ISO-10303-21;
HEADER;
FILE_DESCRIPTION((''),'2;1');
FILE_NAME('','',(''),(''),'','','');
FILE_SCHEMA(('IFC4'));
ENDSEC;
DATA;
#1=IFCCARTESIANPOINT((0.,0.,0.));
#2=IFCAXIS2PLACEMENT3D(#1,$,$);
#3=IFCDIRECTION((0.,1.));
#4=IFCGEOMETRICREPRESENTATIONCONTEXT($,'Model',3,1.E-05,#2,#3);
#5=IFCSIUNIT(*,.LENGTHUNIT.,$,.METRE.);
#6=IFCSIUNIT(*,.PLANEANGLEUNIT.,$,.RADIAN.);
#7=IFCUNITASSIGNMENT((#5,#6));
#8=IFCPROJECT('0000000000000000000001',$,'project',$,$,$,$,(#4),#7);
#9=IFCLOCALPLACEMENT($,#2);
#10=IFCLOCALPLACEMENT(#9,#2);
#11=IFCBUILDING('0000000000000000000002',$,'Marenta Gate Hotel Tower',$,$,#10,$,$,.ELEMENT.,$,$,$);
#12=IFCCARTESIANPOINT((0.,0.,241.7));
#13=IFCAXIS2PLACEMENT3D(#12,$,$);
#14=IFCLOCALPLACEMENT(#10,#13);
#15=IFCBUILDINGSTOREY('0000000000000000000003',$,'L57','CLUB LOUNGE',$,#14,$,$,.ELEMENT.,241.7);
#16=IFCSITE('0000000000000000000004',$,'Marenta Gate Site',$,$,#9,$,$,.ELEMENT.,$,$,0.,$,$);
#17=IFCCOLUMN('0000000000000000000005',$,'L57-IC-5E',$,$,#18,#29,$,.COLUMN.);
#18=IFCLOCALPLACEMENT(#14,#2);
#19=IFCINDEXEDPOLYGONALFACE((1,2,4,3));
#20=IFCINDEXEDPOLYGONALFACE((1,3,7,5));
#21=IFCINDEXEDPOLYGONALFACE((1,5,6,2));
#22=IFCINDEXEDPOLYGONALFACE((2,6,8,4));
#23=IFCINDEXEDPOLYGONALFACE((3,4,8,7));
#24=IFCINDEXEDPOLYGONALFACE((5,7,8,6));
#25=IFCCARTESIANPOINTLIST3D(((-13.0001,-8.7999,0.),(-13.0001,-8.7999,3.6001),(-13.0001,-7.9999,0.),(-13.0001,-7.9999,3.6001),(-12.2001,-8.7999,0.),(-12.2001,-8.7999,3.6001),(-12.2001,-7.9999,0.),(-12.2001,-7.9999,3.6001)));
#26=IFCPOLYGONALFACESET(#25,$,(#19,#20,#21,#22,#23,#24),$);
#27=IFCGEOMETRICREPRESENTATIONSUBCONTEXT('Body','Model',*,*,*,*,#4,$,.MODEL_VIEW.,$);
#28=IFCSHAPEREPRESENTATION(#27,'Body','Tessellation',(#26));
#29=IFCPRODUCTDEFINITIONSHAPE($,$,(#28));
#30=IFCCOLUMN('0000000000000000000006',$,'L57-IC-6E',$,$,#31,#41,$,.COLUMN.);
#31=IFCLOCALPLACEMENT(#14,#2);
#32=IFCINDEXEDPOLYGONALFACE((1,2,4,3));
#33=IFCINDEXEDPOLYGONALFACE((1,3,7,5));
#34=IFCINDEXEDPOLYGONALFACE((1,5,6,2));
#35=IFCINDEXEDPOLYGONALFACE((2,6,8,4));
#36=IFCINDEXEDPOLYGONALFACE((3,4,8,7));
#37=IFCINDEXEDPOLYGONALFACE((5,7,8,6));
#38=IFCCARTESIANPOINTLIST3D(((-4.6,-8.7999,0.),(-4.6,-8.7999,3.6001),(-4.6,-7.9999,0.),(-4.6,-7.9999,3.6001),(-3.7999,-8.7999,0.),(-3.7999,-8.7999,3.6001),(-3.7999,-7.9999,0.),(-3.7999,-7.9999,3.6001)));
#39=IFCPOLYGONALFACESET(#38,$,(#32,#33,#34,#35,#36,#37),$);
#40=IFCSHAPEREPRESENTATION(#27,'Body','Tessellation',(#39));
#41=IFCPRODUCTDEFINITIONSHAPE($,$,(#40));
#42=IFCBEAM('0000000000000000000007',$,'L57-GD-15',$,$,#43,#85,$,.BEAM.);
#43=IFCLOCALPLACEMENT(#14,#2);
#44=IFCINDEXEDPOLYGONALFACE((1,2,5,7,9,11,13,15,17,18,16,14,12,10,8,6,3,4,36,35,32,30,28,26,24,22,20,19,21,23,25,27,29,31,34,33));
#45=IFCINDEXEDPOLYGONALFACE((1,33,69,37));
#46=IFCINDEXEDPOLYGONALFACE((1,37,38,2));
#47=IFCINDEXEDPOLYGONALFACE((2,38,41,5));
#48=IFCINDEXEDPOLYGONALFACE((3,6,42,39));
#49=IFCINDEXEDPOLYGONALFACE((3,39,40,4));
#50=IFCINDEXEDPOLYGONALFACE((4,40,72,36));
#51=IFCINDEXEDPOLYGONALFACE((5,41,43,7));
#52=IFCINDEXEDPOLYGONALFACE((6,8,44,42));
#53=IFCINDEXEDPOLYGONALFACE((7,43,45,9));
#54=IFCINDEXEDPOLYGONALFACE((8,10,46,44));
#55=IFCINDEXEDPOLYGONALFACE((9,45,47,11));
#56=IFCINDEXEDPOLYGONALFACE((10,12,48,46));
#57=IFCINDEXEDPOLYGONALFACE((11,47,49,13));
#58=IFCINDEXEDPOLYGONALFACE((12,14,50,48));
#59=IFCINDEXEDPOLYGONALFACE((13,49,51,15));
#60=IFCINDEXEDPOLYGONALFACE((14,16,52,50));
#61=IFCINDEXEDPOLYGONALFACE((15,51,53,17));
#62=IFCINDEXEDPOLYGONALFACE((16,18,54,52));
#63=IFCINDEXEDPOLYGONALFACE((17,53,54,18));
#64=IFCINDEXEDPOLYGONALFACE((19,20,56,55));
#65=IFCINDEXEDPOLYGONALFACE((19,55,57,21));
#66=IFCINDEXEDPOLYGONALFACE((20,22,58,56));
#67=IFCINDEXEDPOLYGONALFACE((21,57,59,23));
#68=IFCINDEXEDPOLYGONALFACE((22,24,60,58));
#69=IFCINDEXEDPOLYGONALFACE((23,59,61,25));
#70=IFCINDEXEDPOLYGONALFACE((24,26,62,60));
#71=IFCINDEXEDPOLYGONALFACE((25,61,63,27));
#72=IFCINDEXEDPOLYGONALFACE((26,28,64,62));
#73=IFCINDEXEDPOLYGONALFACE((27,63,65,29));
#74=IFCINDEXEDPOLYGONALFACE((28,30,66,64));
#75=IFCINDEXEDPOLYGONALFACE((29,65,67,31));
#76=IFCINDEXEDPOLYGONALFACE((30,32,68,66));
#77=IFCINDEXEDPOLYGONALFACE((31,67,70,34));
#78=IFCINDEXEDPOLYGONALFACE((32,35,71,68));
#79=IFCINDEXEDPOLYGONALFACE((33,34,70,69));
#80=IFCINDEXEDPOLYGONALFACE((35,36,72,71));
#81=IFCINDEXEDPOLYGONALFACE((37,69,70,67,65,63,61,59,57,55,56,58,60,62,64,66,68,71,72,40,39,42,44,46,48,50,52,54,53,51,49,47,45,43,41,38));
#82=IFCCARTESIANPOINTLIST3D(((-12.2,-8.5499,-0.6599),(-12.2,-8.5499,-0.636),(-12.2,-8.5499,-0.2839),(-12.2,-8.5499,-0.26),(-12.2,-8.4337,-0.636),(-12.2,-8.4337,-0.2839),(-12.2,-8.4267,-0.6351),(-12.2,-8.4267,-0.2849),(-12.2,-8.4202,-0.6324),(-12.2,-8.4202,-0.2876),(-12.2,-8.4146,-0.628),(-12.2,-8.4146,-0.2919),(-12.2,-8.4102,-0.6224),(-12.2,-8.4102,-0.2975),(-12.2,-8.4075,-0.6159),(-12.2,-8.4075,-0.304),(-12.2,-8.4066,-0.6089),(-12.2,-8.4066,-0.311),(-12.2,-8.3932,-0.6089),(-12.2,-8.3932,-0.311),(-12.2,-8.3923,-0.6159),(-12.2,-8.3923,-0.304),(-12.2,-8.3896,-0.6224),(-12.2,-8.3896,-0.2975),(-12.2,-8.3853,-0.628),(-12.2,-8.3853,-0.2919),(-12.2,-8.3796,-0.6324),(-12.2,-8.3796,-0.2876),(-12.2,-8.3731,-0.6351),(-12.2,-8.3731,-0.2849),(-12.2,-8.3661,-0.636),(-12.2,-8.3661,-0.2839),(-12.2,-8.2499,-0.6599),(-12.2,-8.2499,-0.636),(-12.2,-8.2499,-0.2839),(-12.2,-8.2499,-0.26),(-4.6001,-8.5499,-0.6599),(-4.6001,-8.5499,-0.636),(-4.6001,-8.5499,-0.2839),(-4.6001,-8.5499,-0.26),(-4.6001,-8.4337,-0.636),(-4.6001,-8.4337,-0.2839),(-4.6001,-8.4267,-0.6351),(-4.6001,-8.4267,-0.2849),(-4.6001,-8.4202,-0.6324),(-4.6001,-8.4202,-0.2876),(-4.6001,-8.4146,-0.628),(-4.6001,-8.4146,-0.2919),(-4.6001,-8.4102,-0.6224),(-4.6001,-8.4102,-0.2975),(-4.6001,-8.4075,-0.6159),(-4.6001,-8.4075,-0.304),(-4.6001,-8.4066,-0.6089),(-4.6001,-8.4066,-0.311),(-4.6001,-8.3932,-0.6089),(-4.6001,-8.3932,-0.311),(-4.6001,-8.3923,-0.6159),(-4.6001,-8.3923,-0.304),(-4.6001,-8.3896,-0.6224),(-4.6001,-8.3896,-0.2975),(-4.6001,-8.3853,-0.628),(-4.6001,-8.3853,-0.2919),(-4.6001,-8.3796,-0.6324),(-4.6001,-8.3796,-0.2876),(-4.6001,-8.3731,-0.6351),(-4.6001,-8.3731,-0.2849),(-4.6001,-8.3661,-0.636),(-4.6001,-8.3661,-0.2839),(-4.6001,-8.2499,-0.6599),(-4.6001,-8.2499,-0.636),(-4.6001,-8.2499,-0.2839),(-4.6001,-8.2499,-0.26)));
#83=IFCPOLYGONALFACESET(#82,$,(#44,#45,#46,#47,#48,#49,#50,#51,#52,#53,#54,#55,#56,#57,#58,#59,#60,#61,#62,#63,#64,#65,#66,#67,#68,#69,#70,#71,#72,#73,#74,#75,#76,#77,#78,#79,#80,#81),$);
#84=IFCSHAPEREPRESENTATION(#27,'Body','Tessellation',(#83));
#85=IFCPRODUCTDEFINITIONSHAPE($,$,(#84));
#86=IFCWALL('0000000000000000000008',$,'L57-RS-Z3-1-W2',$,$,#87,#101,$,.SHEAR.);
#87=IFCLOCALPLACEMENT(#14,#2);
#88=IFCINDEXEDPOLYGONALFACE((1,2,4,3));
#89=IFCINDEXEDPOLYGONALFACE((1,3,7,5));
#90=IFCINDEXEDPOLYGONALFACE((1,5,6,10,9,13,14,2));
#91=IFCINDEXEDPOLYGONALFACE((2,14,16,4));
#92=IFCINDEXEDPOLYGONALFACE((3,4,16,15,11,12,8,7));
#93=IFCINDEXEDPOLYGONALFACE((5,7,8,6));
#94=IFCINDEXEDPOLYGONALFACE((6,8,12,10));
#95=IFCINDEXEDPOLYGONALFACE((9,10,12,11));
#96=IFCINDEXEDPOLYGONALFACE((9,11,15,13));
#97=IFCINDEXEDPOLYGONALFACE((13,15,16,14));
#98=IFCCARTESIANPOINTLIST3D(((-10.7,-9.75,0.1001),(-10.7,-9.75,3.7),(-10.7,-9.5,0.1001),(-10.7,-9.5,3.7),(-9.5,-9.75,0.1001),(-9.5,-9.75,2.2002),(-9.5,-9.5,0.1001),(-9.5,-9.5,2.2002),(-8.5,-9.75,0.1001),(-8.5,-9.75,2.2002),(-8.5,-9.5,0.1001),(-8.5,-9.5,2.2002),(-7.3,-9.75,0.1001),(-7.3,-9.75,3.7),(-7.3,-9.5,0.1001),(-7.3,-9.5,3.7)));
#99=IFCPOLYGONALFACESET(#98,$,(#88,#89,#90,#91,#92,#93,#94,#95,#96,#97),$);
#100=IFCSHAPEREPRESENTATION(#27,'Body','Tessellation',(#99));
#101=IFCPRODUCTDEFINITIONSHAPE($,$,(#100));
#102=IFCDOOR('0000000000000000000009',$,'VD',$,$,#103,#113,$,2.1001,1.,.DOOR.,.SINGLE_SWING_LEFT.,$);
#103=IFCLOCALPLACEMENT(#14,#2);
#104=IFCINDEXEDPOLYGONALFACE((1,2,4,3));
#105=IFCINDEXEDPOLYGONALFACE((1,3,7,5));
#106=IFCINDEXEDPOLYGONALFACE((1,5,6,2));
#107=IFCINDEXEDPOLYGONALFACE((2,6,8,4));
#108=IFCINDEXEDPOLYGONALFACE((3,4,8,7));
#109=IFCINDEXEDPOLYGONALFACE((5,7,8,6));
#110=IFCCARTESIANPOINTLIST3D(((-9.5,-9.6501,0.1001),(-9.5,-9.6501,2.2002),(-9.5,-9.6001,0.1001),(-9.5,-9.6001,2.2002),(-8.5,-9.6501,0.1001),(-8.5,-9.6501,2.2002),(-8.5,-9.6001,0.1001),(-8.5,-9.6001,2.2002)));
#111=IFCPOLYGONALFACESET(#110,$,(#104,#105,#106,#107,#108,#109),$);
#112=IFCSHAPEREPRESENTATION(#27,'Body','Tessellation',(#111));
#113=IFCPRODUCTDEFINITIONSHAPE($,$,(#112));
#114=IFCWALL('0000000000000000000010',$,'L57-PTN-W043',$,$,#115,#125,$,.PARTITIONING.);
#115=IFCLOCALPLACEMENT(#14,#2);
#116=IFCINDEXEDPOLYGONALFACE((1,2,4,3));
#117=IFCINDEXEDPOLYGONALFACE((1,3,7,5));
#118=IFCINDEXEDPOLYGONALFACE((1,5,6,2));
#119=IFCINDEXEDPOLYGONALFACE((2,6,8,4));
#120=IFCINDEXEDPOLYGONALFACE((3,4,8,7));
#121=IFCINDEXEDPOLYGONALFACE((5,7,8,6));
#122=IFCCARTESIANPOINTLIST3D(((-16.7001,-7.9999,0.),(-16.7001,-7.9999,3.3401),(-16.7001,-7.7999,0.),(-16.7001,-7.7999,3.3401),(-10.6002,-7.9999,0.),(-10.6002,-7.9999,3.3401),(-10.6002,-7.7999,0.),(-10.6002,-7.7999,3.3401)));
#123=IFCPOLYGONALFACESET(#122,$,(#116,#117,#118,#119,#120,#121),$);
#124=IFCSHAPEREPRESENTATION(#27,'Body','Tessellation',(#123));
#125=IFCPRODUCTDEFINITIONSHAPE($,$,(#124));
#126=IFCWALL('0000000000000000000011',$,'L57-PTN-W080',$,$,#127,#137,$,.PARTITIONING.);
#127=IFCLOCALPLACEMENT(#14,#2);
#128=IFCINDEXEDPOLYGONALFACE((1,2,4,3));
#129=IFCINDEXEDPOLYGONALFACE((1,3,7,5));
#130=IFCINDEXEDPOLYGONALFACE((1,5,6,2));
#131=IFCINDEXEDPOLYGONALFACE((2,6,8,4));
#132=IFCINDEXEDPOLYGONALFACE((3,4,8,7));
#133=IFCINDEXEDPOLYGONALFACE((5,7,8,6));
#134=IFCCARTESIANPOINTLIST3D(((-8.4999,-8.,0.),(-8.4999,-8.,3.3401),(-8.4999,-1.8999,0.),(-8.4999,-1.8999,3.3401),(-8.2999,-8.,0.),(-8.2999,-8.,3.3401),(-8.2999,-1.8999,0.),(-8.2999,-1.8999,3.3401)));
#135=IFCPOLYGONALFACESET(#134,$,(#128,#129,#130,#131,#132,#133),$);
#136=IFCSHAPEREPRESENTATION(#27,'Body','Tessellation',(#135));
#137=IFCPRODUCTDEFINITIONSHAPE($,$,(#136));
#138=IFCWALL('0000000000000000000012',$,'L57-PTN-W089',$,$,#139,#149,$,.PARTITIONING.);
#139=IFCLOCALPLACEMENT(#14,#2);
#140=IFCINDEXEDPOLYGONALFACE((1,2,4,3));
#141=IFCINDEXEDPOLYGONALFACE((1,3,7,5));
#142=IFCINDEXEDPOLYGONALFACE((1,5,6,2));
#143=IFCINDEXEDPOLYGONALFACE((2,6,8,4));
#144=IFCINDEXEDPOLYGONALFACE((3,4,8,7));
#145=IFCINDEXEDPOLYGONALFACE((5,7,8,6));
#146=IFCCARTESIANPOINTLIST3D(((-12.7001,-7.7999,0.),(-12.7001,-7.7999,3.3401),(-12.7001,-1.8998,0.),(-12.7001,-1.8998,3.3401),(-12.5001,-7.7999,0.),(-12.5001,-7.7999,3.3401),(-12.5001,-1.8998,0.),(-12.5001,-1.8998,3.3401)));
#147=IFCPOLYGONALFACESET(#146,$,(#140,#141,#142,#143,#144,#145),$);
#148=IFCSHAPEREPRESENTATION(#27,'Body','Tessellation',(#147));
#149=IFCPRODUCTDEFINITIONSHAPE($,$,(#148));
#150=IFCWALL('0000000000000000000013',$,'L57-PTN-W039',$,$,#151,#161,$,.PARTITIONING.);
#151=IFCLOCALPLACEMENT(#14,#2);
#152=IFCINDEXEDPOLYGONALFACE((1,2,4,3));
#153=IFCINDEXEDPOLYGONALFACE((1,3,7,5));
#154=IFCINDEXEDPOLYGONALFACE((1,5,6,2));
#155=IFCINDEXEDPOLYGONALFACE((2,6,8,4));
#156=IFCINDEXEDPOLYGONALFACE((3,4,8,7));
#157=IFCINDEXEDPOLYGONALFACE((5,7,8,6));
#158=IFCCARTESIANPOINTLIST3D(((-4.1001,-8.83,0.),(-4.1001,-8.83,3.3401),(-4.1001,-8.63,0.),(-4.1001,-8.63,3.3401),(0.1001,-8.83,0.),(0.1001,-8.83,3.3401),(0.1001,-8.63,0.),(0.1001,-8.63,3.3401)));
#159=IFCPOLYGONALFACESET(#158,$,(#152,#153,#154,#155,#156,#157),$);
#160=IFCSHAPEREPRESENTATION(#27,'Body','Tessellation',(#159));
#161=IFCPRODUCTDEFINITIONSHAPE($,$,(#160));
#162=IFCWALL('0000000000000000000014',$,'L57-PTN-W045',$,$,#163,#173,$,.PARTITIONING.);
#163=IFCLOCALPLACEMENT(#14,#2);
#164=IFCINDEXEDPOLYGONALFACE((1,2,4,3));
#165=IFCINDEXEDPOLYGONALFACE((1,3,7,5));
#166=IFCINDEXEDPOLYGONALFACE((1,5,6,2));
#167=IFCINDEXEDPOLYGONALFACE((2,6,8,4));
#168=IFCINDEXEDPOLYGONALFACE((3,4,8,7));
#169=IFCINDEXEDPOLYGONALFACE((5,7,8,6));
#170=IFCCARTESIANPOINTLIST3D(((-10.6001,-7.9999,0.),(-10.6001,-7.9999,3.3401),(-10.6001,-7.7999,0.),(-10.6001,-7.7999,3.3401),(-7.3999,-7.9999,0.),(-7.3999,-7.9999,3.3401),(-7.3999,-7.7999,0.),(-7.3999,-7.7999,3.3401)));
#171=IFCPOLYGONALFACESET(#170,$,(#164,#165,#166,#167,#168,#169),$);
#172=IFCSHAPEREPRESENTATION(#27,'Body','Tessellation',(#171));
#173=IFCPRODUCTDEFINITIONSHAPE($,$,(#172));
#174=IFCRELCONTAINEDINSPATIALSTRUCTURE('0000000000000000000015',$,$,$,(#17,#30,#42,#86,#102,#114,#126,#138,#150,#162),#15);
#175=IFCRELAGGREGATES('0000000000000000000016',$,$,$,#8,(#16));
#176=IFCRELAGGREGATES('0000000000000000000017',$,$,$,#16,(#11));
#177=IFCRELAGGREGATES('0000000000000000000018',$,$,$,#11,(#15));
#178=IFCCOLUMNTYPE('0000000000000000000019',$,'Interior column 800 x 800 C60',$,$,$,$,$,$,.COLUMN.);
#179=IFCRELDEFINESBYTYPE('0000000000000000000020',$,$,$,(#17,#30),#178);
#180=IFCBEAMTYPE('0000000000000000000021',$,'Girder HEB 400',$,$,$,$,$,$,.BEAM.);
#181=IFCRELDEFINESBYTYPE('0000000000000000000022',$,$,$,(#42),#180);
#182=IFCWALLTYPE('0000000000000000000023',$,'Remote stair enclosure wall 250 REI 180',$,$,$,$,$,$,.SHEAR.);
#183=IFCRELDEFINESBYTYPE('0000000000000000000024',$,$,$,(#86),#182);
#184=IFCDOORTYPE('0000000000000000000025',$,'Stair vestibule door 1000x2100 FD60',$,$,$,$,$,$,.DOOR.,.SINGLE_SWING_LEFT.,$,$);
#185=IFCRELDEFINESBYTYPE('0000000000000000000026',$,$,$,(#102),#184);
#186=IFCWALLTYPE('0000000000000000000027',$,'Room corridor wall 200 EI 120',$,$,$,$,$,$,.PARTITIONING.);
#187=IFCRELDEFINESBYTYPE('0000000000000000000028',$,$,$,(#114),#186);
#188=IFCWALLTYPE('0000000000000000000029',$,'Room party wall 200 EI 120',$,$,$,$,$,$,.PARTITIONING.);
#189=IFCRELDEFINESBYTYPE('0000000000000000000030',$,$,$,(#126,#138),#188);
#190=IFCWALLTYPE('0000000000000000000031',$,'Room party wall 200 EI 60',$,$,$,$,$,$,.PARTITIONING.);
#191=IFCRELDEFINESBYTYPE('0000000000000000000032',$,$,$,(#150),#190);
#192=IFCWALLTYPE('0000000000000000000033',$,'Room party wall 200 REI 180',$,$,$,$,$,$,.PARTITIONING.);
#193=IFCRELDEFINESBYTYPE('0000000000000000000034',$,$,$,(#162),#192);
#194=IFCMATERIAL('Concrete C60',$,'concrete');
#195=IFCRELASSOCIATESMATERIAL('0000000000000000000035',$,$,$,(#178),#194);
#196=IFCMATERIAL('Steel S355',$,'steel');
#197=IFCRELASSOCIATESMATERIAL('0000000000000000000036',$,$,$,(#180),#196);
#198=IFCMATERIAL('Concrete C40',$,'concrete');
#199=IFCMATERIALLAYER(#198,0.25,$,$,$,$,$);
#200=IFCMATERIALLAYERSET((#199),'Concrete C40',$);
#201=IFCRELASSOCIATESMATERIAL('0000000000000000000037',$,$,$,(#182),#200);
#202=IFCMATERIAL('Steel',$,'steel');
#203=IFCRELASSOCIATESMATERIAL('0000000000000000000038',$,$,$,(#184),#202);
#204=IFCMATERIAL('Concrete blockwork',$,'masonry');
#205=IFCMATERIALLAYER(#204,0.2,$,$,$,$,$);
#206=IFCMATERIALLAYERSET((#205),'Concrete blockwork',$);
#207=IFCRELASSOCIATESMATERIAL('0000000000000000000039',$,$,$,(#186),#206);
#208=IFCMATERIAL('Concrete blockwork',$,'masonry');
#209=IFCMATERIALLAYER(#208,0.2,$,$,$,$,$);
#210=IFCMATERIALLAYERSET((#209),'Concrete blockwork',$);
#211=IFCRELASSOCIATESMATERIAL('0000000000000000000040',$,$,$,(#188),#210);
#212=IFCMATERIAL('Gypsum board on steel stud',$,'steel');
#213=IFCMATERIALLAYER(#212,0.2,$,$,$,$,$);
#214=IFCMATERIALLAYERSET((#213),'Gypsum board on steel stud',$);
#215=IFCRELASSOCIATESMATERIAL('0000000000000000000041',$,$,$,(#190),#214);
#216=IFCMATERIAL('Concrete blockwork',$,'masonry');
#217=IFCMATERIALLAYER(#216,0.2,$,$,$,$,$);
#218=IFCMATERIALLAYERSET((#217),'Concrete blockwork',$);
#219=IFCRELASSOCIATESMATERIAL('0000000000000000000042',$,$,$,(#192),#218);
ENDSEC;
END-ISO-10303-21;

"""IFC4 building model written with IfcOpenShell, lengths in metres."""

from ifc_helpers import new_model, si_unit, direction, frame, frame_2d, origin, origin_2d, place, context, subcontext, project, spatial, rectangle, i_section, extrude, material, layer, layer_set, material_profile, profile_set, type_object, element, fill, save


model = new_model("IFC4")

# Units and contexts
model_context = context("Model", 3, precision=1e-05, world=origin(), true_north=direction((0.0, 1.0)))
body_context = subcontext(model_context, "Body", "Model", "MODEL_VIEW")
ifc_project = project(units=[si_unit("LENGTHUNIT", "METRE"), si_unit("PLANEANGLEUNIT", "RADIAN")], contexts=[model_context])

# Site, building, storey
site_placement = place(None, origin())
site = spatial("IfcSite", under=ifc_project, at=site_placement, Name="Marenta Gate Site", CompositionType="ELEMENT", RefElevation=0.0)
building_placement = place(site_placement, origin())
building = spatial("IfcBuilding", under=site, at=building_placement, Name="Marenta Gate Hotel Tower", CompositionType="ELEMENT")
storey_placement = place(building_placement, frame((0.0, 0.0, 241.7)))
storey = spatial("IfcBuildingStorey", under=building, at=storey_placement, Name="L57", Description="CLUB LOUNGE", CompositionType="ELEMENT", Elevation=241.7)

# Columns
ifc_material_1 = material(Name="Concrete C60", Category="concrete")
ifc_material_profile_1 = material_profile(ifc_material_1, rectangle(XDim=0.8, YDim=0.8, at=origin_2d()), Name="800 x 800")
ifc_profile_set_1 = profile_set([ifc_material_profile_1], Name="Concrete C60")
column_type = type_object("IfcColumnType", Name="Interior column 800 x 800 C60", PredefinedType="COLUMN", material=ifc_profile_set_1)
for number, where, z_axis, x_axis, name in (
    (1, (-12.6001, -8.3999, 0.0), (0.0, 0.0, 1.0), (1.0, 0.0, 0.0), "L57-IC-5E"),
    (2, (-4.2, -8.3999, 0.0), (0.0, 0.0, 1.0), (1.0, 0.0, 0.0), "L57-IC-6E"),
):
    element("IfcColumn", number, at=place(storey_placement, frame(where, z_axis=z_axis, x_axis=x_axis)), inside=storey, type_object=column_type, Name=name, PredefinedType="COLUMN", context=body_context, shape_type="SweptSolid", body=[
        extrude(rectangle(XDim=0.8, YDim=0.8, at=origin_2d()), origin(), (0.0, 0.0, 1.0), 3.6001),
    ])

# Beam
ifc_material_2 = material(Name="Steel S355", Category="steel")
ifc_material_profile_2 = material_profile(ifc_material_2, i_section(OverallWidth=0.3, OverallDepth=0.3999, WebThickness=0.0134, FlangeThickness=0.0239, FilletRadius=0.0271, at=origin_2d()), Name="HEB 400")
ifc_profile_set_2 = profile_set([ifc_material_profile_2], Name="Steel S355")
beam_type = type_object("IfcBeamType", Name="Girder HEB 400", PredefinedType="BEAM", material=ifc_profile_set_2)
beam_placement = place(storey_placement, frame((-12.2, -8.3999, -0.46), z_axis=(1.0, 0.0, 0.0), x_axis=(0.0, 1.0, 0.0)))
element("IfcBeam", 3, at=beam_placement, inside=storey, type_object=beam_type, Name="L57-GD-15", PredefinedType="BEAM", context=body_context, shape_type="SweptSolid", body=[
    extrude(i_section(OverallWidth=0.3, OverallDepth=0.3999, WebThickness=0.0134, FlangeThickness=0.0239, FilletRadius=0.0271, at=origin_2d()), origin(), (0.0, 0.0, 1.0), 7.5999),
])

# Wall, opening, door
ifc_material_3 = material(Name="Concrete C40", Category="concrete")
ifc_layer_1 = layer(ifc_material_3, 0.25)
ifc_layer_set_1 = layer_set([ifc_layer_1], Name="Concrete C40")
wall_type_1 = type_object("IfcWallType", Name="Remote stair enclosure wall 250 REI 180", PredefinedType="SHEAR", material=ifc_layer_set_1)
wall_1_placement = place(storey_placement, frame((-10.7, -9.625, 0.1001), z_axis=(0.0, 0.0, 1.0), x_axis=(1.0, 0.0, 0.0)))
wall_1 = element("IfcWall", 4, at=wall_1_placement, inside=storey, type_object=wall_type_1, Name="L57-RS-Z3-1-W2", PredefinedType="SHEAR", context=body_context, shape_type="SweptSolid", body=[
    extrude(rectangle(XDim=3.3999, YDim=0.25, at=frame_2d((1.7, 0.0))), origin(), (0.0, 0.0, 1.0), 3.5999),
])
opening_1_placement = place(wall_1_placement, frame((1.2, 0.0, 0.0)))
opening_1 = element("IfcOpeningElement", 5, at=opening_1_placement, cuts=wall_1, PredefinedType="OPENING", context=body_context, shape_type="SweptSolid", body=[
    extrude(rectangle(XDim=1.0, YDim=2.1001, at=frame_2d((0.5, 1.05))), frame((0.0, 0.125, 0.0), z_axis=(0.0, -1.0, 0.0), x_axis=(1.0, 0.0, 0.0)), (0.0, 0.0, 1.0), 0.25),
])
ifc_material_4 = material(Name="Steel", Category="steel")
door_type_1 = type_object("IfcDoorType", Name="Stair vestibule door 1000x2100 FD60", OperationType="SINGLE_SWING_LEFT", PredefinedType="DOOR", material=ifc_material_4)
door_1_placement = place(opening_1_placement, origin())
door_1 = element("IfcDoor", 6, at=door_1_placement, inside=storey, type_object=door_type_1, Name="VD", OperationType="SINGLE_SWING_LEFT", OverallHeight=2.1001, OverallWidth=1.0, PredefinedType="DOOR", context=body_context, shape_type="SweptSolid", body=[
    extrude(rectangle(XDim=1.0, YDim=2.1001, at=frame_2d((0.5, 1.05))), frame((0.0, 0.0249, 0.0), z_axis=(0.0, -1.0, 0.0), x_axis=(1.0, 0.0, 0.0)), (0.0, 0.0, 1.0), 0.05),
])
fill(opening_1, door_1)

# Wall
ifc_material_5 = material(Name="Concrete blockwork", Category="masonry")
ifc_layer_2 = layer(ifc_material_5, 0.2)
ifc_layer_set_2 = layer_set([ifc_layer_2], Name="Concrete blockwork")
wall_type_2 = type_object("IfcWallType", Name="Room corridor wall 200 EI 120", PredefinedType="PARTITIONING", material=ifc_layer_set_2)
wall_2_placement = place(storey_placement, frame((-16.7, -7.8999, 0.0), z_axis=(0.0, 0.0, 1.0), x_axis=(1.0, 0.0, 0.0)))
element("IfcWall", 7, at=wall_2_placement, inside=storey, type_object=wall_type_2, Name="L57-PTN-W043", PredefinedType="PARTITIONING", context=body_context, shape_type="SweptSolid", body=[
    extrude(rectangle(XDim=6.0999, YDim=0.2, at=frame_2d((3.0498, 0.0))), origin(), (0.0, 0.0, 1.0), 3.3401),
])

# Walls
ifc_material_6 = material(Name="Concrete blockwork", Category="masonry")
ifc_layer_3 = layer(ifc_material_6, 0.2)
ifc_layer_set_3 = layer_set([ifc_layer_3], Name="Concrete blockwork")
wall_type_3 = type_object("IfcWallType", Name="Room party wall 200 EI 120", PredefinedType="PARTITIONING", material=ifc_layer_set_3)
wall_3_placement = place(storey_placement, frame((-8.3999, -8.0, 0.0), z_axis=(0.0, 0.0, 1.0), x_axis=(0.0, 1.0, 0.0)))
element("IfcWall", 8, at=wall_3_placement, inside=storey, type_object=wall_type_3, Name="L57-PTN-W080", PredefinedType="PARTITIONING", context=body_context, shape_type="SweptSolid", body=[
    extrude(rectangle(XDim=6.1001, YDim=0.2, at=frame_2d((3.05, 0.0))), origin(), (0.0, 0.0, 1.0), 3.3401),
])
wall_4_placement = place(storey_placement, frame((-12.6001, -7.8, 0.0), z_axis=(0.0, 0.0, 1.0), x_axis=(0.0, 1.0, 0.0)))
element("IfcWall", 9, at=wall_4_placement, inside=storey, type_object=wall_type_3, Name="L57-PTN-W089", PredefinedType="PARTITIONING", context=body_context, shape_type="SweptSolid", body=[
    extrude(rectangle(XDim=5.9001, YDim=0.2, at=frame_2d((2.9502, 0.0))), origin(), (0.0, 0.0, 1.0), 3.3401),
])
ifc_material_7 = material(Name="Gypsum board on steel stud", Category="steel")
ifc_layer_4 = layer(ifc_material_7, 0.2)
ifc_layer_set_4 = layer_set([ifc_layer_4], Name="Gypsum board on steel stud")
wall_type_4 = type_object("IfcWallType", Name="Room party wall 200 EI 60", PredefinedType="PARTITIONING", material=ifc_layer_set_4)
wall_5_placement = place(storey_placement, frame((-4.1001, -8.73, 0.0), z_axis=(0.0, 0.0, 1.0), x_axis=(1.0, 0.0, 0.0)))
element("IfcWall", 10, at=wall_5_placement, inside=storey, type_object=wall_type_4, Name="L57-PTN-W039", PredefinedType="PARTITIONING", context=body_context, shape_type="SweptSolid", body=[
    extrude(rectangle(XDim=4.2002, YDim=0.2, at=frame_2d((2.1001, 0.0))), origin(), (0.0, 0.0, 1.0), 3.3401),
])
ifc_material_8 = material(Name="Concrete blockwork", Category="masonry")
ifc_layer_5 = layer(ifc_material_8, 0.2)
ifc_layer_set_5 = layer_set([ifc_layer_5], Name="Concrete blockwork")
wall_type_5 = type_object("IfcWallType", Name="Room party wall 200 REI 180", PredefinedType="PARTITIONING", material=ifc_layer_set_5)
wall_6_placement = place(storey_placement, frame((-10.6001, -7.8999, 0.0), z_axis=(0.0, 0.0, 1.0), x_axis=(1.0, 0.0, 0.0)))
element("IfcWall", 11, at=wall_6_placement, inside=storey, type_object=wall_type_5, Name="L57-PTN-W045", PredefinedType="PARTITIONING", context=body_context, shape_type="SweptSolid", body=[
    extrude(rectangle(XDim=3.2002, YDim=0.2, at=frame_2d((1.6001, 0.0))), origin(), (0.0, 0.0, 1.0), 3.3401),
])

save(model, "model.ifc")
